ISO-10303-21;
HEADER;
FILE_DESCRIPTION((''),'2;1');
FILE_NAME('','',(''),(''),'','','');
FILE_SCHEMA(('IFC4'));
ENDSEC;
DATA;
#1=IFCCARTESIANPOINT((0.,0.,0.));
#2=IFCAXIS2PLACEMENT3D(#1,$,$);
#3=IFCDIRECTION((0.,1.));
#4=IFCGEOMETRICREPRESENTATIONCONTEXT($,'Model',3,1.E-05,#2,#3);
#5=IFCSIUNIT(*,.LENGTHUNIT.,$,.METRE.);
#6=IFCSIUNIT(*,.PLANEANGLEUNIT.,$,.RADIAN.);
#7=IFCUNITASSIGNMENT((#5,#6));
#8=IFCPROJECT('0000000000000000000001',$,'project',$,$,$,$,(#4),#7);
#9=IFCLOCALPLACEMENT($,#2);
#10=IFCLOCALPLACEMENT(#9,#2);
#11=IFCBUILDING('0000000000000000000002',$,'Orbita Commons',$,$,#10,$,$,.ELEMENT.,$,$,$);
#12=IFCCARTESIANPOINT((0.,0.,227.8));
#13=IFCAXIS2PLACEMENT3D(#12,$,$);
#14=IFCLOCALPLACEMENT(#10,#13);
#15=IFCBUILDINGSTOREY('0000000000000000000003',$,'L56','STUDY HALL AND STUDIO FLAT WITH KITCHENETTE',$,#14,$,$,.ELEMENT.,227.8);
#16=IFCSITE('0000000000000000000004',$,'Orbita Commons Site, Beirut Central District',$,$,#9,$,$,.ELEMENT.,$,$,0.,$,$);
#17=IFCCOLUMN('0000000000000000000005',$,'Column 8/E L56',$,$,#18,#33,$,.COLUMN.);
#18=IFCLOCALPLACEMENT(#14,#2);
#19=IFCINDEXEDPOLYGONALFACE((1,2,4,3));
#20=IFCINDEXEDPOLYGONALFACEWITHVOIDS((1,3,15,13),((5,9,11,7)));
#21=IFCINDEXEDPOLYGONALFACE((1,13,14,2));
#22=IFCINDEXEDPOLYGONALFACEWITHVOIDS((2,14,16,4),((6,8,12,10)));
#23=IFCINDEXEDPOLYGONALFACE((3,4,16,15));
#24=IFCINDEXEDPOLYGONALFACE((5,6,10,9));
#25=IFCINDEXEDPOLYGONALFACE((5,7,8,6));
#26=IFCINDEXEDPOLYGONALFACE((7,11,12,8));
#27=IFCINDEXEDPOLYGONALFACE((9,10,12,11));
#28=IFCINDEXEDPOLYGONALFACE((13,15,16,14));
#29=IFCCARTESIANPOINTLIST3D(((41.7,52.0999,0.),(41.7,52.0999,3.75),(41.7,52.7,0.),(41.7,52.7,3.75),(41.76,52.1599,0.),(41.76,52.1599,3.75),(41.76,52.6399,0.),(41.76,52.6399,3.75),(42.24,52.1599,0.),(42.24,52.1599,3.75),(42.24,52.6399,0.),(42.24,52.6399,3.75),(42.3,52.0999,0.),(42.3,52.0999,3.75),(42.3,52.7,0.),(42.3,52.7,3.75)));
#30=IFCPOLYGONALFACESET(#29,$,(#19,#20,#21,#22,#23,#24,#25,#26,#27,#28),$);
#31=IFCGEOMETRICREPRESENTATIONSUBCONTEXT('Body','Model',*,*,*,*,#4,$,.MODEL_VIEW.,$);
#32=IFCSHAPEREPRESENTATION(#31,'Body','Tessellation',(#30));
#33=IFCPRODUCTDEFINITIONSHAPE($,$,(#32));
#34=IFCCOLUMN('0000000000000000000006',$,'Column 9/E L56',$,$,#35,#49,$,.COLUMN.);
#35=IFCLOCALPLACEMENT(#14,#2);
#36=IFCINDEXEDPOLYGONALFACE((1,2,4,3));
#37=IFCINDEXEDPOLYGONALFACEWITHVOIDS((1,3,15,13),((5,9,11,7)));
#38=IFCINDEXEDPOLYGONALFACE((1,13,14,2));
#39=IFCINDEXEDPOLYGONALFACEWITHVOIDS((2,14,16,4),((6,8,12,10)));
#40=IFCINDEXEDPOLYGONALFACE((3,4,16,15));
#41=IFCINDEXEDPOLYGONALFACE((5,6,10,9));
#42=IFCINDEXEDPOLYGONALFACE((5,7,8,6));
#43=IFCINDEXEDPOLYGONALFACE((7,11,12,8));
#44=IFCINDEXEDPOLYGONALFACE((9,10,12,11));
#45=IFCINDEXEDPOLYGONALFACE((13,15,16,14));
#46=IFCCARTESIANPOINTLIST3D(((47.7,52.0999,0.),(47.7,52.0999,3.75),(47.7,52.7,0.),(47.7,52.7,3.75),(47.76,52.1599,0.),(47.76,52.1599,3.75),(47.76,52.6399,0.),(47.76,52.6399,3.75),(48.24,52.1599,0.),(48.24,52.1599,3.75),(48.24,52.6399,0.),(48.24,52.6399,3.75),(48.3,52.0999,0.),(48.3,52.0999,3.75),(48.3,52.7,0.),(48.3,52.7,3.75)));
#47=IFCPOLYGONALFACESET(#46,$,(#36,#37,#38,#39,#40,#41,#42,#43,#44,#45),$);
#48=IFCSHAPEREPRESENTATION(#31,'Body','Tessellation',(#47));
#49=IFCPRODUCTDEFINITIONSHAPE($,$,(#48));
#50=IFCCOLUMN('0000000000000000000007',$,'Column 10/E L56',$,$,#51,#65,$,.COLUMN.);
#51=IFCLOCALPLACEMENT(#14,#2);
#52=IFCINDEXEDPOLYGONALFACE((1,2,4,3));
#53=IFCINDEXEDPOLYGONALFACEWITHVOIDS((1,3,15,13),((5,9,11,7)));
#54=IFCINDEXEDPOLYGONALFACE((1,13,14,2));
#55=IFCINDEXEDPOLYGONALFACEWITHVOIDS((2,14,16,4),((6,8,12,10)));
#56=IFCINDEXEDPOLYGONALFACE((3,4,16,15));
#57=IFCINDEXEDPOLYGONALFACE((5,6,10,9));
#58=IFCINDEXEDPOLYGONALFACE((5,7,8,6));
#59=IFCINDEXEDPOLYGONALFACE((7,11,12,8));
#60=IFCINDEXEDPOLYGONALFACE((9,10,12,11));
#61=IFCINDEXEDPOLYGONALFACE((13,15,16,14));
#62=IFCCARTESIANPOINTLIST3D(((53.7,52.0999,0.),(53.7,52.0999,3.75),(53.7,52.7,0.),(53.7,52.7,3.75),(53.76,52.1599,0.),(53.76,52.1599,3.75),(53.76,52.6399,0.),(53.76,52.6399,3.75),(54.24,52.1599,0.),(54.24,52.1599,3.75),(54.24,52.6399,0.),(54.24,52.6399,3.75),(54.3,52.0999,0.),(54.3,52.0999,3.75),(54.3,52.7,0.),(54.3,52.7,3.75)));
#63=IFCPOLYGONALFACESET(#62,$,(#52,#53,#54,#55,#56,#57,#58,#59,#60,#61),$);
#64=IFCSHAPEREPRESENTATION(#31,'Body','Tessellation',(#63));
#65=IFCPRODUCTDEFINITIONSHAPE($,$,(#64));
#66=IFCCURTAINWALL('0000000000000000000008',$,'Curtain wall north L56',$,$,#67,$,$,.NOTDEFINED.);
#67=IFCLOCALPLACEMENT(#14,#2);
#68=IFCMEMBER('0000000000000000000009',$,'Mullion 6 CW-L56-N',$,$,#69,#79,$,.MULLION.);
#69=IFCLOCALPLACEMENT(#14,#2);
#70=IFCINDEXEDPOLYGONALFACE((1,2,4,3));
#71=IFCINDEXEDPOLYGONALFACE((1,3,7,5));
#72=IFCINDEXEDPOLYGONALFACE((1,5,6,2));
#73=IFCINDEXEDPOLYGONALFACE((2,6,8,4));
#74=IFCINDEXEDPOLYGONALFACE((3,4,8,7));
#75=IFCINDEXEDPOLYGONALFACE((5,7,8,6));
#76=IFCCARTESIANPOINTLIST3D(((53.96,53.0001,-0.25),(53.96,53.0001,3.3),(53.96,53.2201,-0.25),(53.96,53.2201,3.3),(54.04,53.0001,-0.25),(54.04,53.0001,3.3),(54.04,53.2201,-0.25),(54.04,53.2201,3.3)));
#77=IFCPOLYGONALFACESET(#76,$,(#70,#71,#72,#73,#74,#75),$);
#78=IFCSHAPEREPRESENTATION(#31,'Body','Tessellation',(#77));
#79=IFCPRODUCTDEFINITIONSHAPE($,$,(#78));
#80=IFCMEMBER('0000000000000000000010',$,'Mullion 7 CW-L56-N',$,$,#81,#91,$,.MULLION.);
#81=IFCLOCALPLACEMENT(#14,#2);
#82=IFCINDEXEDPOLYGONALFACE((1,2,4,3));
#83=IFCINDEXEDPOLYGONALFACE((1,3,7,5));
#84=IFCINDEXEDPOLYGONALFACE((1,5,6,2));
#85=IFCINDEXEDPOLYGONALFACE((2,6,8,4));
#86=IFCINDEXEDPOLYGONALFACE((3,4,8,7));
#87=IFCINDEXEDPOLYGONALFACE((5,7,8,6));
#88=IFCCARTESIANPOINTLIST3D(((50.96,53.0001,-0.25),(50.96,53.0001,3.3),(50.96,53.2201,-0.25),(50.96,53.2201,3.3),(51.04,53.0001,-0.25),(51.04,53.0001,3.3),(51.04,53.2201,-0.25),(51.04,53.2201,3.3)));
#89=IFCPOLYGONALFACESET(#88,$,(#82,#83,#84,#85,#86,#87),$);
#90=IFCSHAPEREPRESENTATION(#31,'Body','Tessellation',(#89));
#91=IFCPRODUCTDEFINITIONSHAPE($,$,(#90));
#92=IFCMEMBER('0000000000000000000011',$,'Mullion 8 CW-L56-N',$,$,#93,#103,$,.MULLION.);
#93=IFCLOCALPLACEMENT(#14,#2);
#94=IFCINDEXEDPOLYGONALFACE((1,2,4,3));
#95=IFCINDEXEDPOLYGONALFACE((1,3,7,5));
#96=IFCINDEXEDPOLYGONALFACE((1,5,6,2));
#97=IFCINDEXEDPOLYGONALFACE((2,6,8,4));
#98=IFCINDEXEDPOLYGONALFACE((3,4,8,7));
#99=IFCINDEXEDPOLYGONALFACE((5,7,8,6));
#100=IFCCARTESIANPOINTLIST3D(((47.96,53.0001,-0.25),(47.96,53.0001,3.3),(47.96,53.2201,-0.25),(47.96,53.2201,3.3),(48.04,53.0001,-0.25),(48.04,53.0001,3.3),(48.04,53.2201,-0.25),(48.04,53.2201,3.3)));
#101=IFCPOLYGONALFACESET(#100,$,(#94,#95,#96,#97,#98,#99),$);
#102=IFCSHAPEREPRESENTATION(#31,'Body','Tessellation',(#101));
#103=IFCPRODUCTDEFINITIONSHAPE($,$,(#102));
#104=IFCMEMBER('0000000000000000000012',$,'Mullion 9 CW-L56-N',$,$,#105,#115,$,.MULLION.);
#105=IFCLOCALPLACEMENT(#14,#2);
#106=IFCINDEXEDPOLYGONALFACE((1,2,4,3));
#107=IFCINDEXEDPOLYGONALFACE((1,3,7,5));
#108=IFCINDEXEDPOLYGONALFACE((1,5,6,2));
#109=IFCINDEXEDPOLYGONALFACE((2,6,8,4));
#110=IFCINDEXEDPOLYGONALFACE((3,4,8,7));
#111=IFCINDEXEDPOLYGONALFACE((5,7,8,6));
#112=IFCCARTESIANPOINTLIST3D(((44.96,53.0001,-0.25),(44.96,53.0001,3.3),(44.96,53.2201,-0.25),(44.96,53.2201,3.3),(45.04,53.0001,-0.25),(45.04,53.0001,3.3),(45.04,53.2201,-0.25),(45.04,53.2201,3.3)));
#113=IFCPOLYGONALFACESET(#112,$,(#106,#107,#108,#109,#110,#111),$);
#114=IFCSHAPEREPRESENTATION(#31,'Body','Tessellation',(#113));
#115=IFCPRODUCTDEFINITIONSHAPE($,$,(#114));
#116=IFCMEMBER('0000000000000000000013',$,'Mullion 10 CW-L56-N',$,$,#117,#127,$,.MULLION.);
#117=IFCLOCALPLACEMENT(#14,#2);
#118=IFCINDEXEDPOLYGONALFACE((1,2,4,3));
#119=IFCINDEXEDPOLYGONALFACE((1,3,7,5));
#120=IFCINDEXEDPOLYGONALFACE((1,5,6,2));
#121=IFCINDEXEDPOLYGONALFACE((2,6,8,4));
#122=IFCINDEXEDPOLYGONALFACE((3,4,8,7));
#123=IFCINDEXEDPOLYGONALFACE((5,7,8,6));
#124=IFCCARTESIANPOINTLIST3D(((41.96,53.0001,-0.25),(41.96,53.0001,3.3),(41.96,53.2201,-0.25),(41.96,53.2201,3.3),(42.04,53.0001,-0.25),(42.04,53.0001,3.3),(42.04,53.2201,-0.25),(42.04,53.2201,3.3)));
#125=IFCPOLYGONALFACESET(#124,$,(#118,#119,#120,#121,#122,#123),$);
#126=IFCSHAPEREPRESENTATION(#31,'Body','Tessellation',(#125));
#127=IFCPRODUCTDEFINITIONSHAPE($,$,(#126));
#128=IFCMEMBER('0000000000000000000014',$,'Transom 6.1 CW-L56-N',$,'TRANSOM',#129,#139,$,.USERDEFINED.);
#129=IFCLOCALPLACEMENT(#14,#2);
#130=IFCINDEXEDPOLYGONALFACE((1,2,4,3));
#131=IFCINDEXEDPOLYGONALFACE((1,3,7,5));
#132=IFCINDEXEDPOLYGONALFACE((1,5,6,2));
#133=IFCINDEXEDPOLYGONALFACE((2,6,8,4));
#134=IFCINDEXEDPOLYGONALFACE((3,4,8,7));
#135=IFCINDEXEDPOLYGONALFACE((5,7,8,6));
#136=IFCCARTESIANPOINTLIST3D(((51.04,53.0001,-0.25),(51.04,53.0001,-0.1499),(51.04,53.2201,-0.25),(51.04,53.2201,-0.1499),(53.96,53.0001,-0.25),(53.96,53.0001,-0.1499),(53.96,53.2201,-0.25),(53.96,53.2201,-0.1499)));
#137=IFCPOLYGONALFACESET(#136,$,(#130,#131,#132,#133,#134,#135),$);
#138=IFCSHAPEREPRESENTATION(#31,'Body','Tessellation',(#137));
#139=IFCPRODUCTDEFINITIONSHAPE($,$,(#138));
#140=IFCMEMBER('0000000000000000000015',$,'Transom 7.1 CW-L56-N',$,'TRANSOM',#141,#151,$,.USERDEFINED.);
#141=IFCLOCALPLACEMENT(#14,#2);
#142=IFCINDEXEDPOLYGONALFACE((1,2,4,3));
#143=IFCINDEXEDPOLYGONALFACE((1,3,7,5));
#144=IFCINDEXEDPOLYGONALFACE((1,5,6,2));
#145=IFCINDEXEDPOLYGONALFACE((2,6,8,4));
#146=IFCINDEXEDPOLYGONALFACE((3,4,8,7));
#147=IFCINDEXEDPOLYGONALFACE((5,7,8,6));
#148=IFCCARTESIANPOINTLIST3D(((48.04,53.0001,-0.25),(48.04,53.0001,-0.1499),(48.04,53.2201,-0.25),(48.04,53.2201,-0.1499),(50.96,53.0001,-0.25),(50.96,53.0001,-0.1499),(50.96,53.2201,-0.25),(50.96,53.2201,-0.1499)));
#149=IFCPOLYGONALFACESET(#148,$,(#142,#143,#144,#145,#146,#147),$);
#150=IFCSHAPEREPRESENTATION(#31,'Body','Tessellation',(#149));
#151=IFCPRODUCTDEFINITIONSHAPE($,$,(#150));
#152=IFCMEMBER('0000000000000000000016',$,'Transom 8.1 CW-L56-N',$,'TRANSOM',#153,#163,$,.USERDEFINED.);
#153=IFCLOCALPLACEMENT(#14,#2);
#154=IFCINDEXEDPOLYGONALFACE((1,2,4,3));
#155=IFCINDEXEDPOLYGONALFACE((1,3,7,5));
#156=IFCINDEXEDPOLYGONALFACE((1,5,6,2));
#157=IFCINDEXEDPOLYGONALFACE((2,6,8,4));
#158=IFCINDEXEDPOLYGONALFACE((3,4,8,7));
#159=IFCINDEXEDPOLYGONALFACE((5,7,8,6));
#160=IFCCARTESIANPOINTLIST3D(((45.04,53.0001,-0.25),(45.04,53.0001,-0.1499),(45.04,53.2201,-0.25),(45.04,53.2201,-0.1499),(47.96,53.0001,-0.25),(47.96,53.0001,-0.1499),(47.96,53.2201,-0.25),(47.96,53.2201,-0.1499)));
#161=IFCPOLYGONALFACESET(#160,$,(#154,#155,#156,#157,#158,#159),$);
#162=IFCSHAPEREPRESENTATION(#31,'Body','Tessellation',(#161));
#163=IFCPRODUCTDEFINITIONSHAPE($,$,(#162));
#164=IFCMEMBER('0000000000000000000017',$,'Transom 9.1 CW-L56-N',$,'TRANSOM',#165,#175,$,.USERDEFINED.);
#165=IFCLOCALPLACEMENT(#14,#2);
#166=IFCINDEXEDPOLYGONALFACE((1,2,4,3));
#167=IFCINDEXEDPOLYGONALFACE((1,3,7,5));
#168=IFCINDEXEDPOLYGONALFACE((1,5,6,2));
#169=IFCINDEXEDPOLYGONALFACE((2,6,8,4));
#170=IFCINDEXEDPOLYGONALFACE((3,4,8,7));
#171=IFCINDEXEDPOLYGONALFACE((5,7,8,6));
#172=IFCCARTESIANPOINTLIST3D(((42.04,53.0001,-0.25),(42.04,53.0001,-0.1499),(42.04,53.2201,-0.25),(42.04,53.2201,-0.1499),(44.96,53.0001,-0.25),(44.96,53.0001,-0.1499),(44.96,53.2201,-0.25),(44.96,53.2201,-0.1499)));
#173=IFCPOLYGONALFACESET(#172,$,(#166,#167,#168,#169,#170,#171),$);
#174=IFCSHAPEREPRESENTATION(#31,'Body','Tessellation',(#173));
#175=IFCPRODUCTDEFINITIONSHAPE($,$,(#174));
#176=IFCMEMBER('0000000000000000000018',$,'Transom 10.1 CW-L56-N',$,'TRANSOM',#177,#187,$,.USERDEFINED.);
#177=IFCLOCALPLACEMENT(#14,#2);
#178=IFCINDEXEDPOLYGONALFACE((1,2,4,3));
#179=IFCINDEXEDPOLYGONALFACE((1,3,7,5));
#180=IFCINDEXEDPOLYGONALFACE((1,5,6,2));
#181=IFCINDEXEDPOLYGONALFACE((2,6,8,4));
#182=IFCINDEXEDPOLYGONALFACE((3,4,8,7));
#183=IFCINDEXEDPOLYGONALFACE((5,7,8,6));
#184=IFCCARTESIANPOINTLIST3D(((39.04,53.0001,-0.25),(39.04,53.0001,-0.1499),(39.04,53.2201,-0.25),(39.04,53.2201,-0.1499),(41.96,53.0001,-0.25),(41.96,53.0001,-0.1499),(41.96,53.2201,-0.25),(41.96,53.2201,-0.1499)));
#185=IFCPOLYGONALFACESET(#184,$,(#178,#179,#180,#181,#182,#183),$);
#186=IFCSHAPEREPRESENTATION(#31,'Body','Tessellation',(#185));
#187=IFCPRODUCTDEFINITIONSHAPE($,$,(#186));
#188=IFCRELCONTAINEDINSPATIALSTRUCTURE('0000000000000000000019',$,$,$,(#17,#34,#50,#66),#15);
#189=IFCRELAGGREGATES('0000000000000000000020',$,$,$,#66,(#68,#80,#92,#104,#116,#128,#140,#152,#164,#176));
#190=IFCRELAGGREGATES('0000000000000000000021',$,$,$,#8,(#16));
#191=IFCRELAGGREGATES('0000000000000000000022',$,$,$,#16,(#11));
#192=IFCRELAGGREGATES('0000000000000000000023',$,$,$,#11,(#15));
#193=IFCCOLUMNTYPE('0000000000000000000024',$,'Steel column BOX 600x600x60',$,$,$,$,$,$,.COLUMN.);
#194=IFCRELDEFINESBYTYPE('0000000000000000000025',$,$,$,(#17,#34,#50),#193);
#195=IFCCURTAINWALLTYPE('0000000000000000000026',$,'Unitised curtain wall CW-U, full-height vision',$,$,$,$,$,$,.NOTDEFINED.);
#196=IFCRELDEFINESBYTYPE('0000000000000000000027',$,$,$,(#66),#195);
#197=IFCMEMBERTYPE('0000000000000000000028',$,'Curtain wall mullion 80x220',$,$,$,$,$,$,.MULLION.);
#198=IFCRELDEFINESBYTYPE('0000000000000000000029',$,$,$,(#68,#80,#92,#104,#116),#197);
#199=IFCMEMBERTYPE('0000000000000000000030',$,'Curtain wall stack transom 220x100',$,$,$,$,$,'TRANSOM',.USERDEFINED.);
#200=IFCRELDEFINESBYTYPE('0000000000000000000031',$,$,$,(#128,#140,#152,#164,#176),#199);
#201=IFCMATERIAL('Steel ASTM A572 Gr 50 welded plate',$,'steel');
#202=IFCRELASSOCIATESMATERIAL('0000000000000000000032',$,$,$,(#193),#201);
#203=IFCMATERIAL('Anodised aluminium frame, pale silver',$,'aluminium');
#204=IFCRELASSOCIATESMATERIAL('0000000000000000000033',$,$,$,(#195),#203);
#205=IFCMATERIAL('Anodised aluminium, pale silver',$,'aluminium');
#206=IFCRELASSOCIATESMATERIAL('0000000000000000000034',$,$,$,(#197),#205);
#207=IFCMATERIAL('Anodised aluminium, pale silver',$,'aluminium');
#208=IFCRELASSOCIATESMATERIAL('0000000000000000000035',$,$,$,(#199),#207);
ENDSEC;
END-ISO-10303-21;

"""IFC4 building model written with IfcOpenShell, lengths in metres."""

from ifc_helpers import new_model, si_unit, direction, frame, origin, origin_2d, place, context, subcontext, project, spatial, rectangle, hollow_rectangle, extrude, material, material_profile, profile_set, type_object, element, aggregate, save


model = new_model("IFC4")

# Units and contexts
model_context = context("Model", 3, precision=1e-05, world=origin(), true_north=direction((0.0, 1.0)))
body_context = subcontext(model_context, "Body", "Model", "MODEL_VIEW")
ifc_project = project(units=[si_unit("LENGTHUNIT", "METRE"), si_unit("PLANEANGLEUNIT", "RADIAN")], contexts=[model_context])

# Site, building, storey
site_placement = place(None, origin())
site = spatial("IfcSite", under=ifc_project, at=site_placement, Name="Orbita Commons Site, Beirut Central District", CompositionType="ELEMENT", RefElevation=0.0)
building_placement = place(site_placement, origin())
building = spatial("IfcBuilding", under=site, at=building_placement, Name="Orbita Commons", CompositionType="ELEMENT")
storey_placement = place(building_placement, frame((0.0, 0.0, 227.8)))
storey = spatial("IfcBuildingStorey", under=building, at=storey_placement, Name="L56", Description="STUDY HALL AND STUDIO FLAT WITH KITCHENETTE", CompositionType="ELEMENT", Elevation=227.8)

# Columns
ifc_material_1 = material(Name="Steel ASTM A572 Gr 50 welded plate", Category="steel")
ifc_material_profile_1 = material_profile(ifc_material_1, hollow_rectangle(XDim=0.6001, YDim=0.6001, WallThickness=0.0601, at=origin_2d()), Name="BOX 600x600x60")
ifc_profile_set_1 = profile_set([ifc_material_profile_1], Name="Steel ASTM A572 Gr 50 welded plate")
column_type = type_object("IfcColumnType", Name="Steel column BOX 600x600x60", PredefinedType="COLUMN", material=ifc_profile_set_1)
for number, where, z_axis, x_axis, name in (
    (1, (42.0, 52.3999, 0.0), (0.0, 0.0, 1.0), (1.0, 0.0, 0.0), "Column 8/E L56"),
    (2, (48.0, 52.3999, 0.0), (0.0, 0.0, 1.0), (1.0, 0.0, 0.0), "Column 9/E L56"),
    (3, (54.0, 52.3999, 0.0), (0.0, 0.0, 1.0), (1.0, 0.0, 0.0), "Column 10/E L56"),
):
    element("IfcColumn", number, at=place(storey_placement, frame(where, z_axis=z_axis, x_axis=x_axis)), inside=storey, type_object=column_type, Name=name, PredefinedType="COLUMN", context=body_context, shape_type="SweptSolid", body=[
        extrude(hollow_rectangle(XDim=0.6001, YDim=0.6001, WallThickness=0.0601, at=origin_2d()), origin(), (0.0, 0.0, 1.0), 3.75),
    ])

# Curtain wall, members
ifc_material_2 = material(Name="Anodised aluminium frame, pale silver", Category="aluminium")
curtain_wall_type = type_object("IfcCurtainWallType", Name="Unitised curtain wall CW-U, full-height vision", PredefinedType="NOTDEFINED", material=ifc_material_2)
curtain_wall_placement = place(storey_placement, origin())
curtain_wall = element("IfcCurtainWall", 4, at=curtain_wall_placement, inside=storey, type_object=curtain_wall_type, Name="Curtain wall north L56", PredefinedType="NOTDEFINED")
ifc_material_3 = material(Name="Anodised aluminium, pale silver", Category="aluminium")
ifc_material_profile_2 = material_profile(ifc_material_3, rectangle(XDim=0.0801, YDim=0.22, at=origin_2d()), Name="AL 80x220")
ifc_profile_set_2 = profile_set([ifc_material_profile_2], Name="Anodised aluminium, pale silver")
member_type_1 = type_object("IfcMemberType", Name="Curtain wall mullion 80x220", PredefinedType="MULLION", material=ifc_profile_set_2)
member_1_placement = place(storey_placement, frame((54.0, 53.1101, -0.25), z_axis=(0.0, 0.0, 1.0), x_axis=(-1.0, 0.0, 0.0)))
member_1 = element("IfcMember", 5, at=member_1_placement, type_object=member_type_1, Name="Mullion 6 CW-L56-N", PredefinedType="MULLION", context=body_context, shape_type="SweptSolid", body=[
    extrude(rectangle(XDim=0.0801, YDim=0.22, at=origin_2d()), origin(), (0.0, 0.0, 1.0), 3.55),
])
member_2_placement = place(storey_placement, frame((51.0, 53.1101, -0.25), z_axis=(0.0, 0.0, 1.0), x_axis=(-1.0, 0.0, 0.0)))
member_2 = element("IfcMember", 6, at=member_2_placement, type_object=member_type_1, Name="Mullion 7 CW-L56-N", PredefinedType="MULLION", context=body_context, shape_type="SweptSolid", body=[
    extrude(rectangle(XDim=0.0801, YDim=0.22, at=origin_2d()), origin(), (0.0, 0.0, 1.0), 3.55),
])
member_3_placement = place(storey_placement, frame((48.0, 53.1101, -0.25), z_axis=(0.0, 0.0, 1.0), x_axis=(-1.0, 0.0, 0.0)))
member_3 = element("IfcMember", 7, at=member_3_placement, type_object=member_type_1, Name="Mullion 8 CW-L56-N", PredefinedType="MULLION", context=body_context, shape_type="SweptSolid", body=[
    extrude(rectangle(XDim=0.0801, YDim=0.22, at=origin_2d()), origin(), (0.0, 0.0, 1.0), 3.55),
])
member_4_placement = place(storey_placement, frame((45.0, 53.1101, -0.25), z_axis=(0.0, 0.0, 1.0), x_axis=(-1.0, 0.0, 0.0)))
member_4 = element("IfcMember", 8, at=member_4_placement, type_object=member_type_1, Name="Mullion 9 CW-L56-N", PredefinedType="MULLION", context=body_context, shape_type="SweptSolid", body=[
    extrude(rectangle(XDim=0.0801, YDim=0.22, at=origin_2d()), origin(), (0.0, 0.0, 1.0), 3.55),
])
member_5_placement = place(storey_placement, frame((42.0, 53.1101, -0.25), z_axis=(0.0, 0.0, 1.0), x_axis=(-1.0, 0.0, 0.0)))
member_5 = element("IfcMember", 9, at=member_5_placement, type_object=member_type_1, Name="Mullion 10 CW-L56-N", PredefinedType="MULLION", context=body_context, shape_type="SweptSolid", body=[
    extrude(rectangle(XDim=0.0801, YDim=0.22, at=origin_2d()), origin(), (0.0, 0.0, 1.0), 3.55),
])
ifc_material_4 = material(Name="Anodised aluminium, pale silver", Category="aluminium")
ifc_material_profile_3 = material_profile(ifc_material_4, rectangle(XDim=0.22, YDim=0.1001, at=origin_2d()), Name="AL 220x100")
ifc_profile_set_3 = profile_set([ifc_material_profile_3], Name="Anodised aluminium, pale silver")
member_type_2 = type_object("IfcMemberType", Name="Curtain wall stack transom 220x100", ElementType="TRANSOM", PredefinedType="USERDEFINED", material=ifc_profile_set_3)
member_6_placement = place(storey_placement, frame((53.96, 53.1101, -0.2), z_axis=(-1.0, 0.0, 0.0), x_axis=(0.0, -1.0, 0.0)))
member_6 = element("IfcMember", 10, at=member_6_placement, type_object=member_type_2, Name="Transom 6.1 CW-L56-N", ObjectType="TRANSOM", PredefinedType="USERDEFINED", context=body_context, shape_type="SweptSolid", body=[
    extrude(rectangle(XDim=0.22, YDim=0.1001, at=origin_2d()), origin(), (0.0, 0.0, 1.0), 2.9199),
])
member_7_placement = place(storey_placement, frame((50.96, 53.1101, -0.2), z_axis=(-1.0, 0.0, 0.0), x_axis=(0.0, -1.0, 0.0)))
member_7 = element("IfcMember", 11, at=member_7_placement, type_object=member_type_2, Name="Transom 7.1 CW-L56-N", ObjectType="TRANSOM", PredefinedType="USERDEFINED", context=body_context, shape_type="SweptSolid", body=[
    extrude(rectangle(XDim=0.22, YDim=0.1001, at=origin_2d()), origin(), (0.0, 0.0, 1.0), 2.9199),
])
member_8_placement = place(storey_placement, frame((47.96, 53.1101, -0.2), z_axis=(-1.0, 0.0, 0.0), x_axis=(0.0, -1.0, 0.0)))
member_8 = element("IfcMember", 12, at=member_8_placement, type_object=member_type_2, Name="Transom 8.1 CW-L56-N", ObjectType="TRANSOM", PredefinedType="USERDEFINED", context=body_context, shape_type="SweptSolid", body=[
    extrude(rectangle(XDim=0.22, YDim=0.1001, at=origin_2d()), origin(), (0.0, 0.0, 1.0), 2.9199),
])
member_9_placement = place(storey_placement, frame((44.96, 53.1101, -0.2), z_axis=(-1.0, 0.0, 0.0), x_axis=(0.0, -1.0, 0.0)))
member_9 = element("IfcMember", 13, at=member_9_placement, type_object=member_type_2, Name="Transom 9.1 CW-L56-N", ObjectType="TRANSOM", PredefinedType="USERDEFINED", context=body_context, shape_type="SweptSolid", body=[
    extrude(rectangle(XDim=0.22, YDim=0.1001, at=origin_2d()), origin(), (0.0, 0.0, 1.0), 2.9199),
])
member_10_placement = place(storey_placement, frame((41.96, 53.1101, -0.2), z_axis=(-1.0, 0.0, 0.0), x_axis=(0.0, -1.0, 0.0)))
member_10 = element("IfcMember", 14, at=member_10_placement, type_object=member_type_2, Name="Transom 10.1 CW-L56-N", ObjectType="TRANSOM", PredefinedType="USERDEFINED", context=body_context, shape_type="SweptSolid", body=[
    extrude(rectangle(XDim=0.22, YDim=0.1001, at=origin_2d()), origin(), (0.0, 0.0, 1.0), 2.9199),
])

aggregate(curtain_wall, [member_1, member_2, member_3, member_4, member_5, member_6, member_7, member_8, member_9, member_10])

save(model, "model.ifc")
